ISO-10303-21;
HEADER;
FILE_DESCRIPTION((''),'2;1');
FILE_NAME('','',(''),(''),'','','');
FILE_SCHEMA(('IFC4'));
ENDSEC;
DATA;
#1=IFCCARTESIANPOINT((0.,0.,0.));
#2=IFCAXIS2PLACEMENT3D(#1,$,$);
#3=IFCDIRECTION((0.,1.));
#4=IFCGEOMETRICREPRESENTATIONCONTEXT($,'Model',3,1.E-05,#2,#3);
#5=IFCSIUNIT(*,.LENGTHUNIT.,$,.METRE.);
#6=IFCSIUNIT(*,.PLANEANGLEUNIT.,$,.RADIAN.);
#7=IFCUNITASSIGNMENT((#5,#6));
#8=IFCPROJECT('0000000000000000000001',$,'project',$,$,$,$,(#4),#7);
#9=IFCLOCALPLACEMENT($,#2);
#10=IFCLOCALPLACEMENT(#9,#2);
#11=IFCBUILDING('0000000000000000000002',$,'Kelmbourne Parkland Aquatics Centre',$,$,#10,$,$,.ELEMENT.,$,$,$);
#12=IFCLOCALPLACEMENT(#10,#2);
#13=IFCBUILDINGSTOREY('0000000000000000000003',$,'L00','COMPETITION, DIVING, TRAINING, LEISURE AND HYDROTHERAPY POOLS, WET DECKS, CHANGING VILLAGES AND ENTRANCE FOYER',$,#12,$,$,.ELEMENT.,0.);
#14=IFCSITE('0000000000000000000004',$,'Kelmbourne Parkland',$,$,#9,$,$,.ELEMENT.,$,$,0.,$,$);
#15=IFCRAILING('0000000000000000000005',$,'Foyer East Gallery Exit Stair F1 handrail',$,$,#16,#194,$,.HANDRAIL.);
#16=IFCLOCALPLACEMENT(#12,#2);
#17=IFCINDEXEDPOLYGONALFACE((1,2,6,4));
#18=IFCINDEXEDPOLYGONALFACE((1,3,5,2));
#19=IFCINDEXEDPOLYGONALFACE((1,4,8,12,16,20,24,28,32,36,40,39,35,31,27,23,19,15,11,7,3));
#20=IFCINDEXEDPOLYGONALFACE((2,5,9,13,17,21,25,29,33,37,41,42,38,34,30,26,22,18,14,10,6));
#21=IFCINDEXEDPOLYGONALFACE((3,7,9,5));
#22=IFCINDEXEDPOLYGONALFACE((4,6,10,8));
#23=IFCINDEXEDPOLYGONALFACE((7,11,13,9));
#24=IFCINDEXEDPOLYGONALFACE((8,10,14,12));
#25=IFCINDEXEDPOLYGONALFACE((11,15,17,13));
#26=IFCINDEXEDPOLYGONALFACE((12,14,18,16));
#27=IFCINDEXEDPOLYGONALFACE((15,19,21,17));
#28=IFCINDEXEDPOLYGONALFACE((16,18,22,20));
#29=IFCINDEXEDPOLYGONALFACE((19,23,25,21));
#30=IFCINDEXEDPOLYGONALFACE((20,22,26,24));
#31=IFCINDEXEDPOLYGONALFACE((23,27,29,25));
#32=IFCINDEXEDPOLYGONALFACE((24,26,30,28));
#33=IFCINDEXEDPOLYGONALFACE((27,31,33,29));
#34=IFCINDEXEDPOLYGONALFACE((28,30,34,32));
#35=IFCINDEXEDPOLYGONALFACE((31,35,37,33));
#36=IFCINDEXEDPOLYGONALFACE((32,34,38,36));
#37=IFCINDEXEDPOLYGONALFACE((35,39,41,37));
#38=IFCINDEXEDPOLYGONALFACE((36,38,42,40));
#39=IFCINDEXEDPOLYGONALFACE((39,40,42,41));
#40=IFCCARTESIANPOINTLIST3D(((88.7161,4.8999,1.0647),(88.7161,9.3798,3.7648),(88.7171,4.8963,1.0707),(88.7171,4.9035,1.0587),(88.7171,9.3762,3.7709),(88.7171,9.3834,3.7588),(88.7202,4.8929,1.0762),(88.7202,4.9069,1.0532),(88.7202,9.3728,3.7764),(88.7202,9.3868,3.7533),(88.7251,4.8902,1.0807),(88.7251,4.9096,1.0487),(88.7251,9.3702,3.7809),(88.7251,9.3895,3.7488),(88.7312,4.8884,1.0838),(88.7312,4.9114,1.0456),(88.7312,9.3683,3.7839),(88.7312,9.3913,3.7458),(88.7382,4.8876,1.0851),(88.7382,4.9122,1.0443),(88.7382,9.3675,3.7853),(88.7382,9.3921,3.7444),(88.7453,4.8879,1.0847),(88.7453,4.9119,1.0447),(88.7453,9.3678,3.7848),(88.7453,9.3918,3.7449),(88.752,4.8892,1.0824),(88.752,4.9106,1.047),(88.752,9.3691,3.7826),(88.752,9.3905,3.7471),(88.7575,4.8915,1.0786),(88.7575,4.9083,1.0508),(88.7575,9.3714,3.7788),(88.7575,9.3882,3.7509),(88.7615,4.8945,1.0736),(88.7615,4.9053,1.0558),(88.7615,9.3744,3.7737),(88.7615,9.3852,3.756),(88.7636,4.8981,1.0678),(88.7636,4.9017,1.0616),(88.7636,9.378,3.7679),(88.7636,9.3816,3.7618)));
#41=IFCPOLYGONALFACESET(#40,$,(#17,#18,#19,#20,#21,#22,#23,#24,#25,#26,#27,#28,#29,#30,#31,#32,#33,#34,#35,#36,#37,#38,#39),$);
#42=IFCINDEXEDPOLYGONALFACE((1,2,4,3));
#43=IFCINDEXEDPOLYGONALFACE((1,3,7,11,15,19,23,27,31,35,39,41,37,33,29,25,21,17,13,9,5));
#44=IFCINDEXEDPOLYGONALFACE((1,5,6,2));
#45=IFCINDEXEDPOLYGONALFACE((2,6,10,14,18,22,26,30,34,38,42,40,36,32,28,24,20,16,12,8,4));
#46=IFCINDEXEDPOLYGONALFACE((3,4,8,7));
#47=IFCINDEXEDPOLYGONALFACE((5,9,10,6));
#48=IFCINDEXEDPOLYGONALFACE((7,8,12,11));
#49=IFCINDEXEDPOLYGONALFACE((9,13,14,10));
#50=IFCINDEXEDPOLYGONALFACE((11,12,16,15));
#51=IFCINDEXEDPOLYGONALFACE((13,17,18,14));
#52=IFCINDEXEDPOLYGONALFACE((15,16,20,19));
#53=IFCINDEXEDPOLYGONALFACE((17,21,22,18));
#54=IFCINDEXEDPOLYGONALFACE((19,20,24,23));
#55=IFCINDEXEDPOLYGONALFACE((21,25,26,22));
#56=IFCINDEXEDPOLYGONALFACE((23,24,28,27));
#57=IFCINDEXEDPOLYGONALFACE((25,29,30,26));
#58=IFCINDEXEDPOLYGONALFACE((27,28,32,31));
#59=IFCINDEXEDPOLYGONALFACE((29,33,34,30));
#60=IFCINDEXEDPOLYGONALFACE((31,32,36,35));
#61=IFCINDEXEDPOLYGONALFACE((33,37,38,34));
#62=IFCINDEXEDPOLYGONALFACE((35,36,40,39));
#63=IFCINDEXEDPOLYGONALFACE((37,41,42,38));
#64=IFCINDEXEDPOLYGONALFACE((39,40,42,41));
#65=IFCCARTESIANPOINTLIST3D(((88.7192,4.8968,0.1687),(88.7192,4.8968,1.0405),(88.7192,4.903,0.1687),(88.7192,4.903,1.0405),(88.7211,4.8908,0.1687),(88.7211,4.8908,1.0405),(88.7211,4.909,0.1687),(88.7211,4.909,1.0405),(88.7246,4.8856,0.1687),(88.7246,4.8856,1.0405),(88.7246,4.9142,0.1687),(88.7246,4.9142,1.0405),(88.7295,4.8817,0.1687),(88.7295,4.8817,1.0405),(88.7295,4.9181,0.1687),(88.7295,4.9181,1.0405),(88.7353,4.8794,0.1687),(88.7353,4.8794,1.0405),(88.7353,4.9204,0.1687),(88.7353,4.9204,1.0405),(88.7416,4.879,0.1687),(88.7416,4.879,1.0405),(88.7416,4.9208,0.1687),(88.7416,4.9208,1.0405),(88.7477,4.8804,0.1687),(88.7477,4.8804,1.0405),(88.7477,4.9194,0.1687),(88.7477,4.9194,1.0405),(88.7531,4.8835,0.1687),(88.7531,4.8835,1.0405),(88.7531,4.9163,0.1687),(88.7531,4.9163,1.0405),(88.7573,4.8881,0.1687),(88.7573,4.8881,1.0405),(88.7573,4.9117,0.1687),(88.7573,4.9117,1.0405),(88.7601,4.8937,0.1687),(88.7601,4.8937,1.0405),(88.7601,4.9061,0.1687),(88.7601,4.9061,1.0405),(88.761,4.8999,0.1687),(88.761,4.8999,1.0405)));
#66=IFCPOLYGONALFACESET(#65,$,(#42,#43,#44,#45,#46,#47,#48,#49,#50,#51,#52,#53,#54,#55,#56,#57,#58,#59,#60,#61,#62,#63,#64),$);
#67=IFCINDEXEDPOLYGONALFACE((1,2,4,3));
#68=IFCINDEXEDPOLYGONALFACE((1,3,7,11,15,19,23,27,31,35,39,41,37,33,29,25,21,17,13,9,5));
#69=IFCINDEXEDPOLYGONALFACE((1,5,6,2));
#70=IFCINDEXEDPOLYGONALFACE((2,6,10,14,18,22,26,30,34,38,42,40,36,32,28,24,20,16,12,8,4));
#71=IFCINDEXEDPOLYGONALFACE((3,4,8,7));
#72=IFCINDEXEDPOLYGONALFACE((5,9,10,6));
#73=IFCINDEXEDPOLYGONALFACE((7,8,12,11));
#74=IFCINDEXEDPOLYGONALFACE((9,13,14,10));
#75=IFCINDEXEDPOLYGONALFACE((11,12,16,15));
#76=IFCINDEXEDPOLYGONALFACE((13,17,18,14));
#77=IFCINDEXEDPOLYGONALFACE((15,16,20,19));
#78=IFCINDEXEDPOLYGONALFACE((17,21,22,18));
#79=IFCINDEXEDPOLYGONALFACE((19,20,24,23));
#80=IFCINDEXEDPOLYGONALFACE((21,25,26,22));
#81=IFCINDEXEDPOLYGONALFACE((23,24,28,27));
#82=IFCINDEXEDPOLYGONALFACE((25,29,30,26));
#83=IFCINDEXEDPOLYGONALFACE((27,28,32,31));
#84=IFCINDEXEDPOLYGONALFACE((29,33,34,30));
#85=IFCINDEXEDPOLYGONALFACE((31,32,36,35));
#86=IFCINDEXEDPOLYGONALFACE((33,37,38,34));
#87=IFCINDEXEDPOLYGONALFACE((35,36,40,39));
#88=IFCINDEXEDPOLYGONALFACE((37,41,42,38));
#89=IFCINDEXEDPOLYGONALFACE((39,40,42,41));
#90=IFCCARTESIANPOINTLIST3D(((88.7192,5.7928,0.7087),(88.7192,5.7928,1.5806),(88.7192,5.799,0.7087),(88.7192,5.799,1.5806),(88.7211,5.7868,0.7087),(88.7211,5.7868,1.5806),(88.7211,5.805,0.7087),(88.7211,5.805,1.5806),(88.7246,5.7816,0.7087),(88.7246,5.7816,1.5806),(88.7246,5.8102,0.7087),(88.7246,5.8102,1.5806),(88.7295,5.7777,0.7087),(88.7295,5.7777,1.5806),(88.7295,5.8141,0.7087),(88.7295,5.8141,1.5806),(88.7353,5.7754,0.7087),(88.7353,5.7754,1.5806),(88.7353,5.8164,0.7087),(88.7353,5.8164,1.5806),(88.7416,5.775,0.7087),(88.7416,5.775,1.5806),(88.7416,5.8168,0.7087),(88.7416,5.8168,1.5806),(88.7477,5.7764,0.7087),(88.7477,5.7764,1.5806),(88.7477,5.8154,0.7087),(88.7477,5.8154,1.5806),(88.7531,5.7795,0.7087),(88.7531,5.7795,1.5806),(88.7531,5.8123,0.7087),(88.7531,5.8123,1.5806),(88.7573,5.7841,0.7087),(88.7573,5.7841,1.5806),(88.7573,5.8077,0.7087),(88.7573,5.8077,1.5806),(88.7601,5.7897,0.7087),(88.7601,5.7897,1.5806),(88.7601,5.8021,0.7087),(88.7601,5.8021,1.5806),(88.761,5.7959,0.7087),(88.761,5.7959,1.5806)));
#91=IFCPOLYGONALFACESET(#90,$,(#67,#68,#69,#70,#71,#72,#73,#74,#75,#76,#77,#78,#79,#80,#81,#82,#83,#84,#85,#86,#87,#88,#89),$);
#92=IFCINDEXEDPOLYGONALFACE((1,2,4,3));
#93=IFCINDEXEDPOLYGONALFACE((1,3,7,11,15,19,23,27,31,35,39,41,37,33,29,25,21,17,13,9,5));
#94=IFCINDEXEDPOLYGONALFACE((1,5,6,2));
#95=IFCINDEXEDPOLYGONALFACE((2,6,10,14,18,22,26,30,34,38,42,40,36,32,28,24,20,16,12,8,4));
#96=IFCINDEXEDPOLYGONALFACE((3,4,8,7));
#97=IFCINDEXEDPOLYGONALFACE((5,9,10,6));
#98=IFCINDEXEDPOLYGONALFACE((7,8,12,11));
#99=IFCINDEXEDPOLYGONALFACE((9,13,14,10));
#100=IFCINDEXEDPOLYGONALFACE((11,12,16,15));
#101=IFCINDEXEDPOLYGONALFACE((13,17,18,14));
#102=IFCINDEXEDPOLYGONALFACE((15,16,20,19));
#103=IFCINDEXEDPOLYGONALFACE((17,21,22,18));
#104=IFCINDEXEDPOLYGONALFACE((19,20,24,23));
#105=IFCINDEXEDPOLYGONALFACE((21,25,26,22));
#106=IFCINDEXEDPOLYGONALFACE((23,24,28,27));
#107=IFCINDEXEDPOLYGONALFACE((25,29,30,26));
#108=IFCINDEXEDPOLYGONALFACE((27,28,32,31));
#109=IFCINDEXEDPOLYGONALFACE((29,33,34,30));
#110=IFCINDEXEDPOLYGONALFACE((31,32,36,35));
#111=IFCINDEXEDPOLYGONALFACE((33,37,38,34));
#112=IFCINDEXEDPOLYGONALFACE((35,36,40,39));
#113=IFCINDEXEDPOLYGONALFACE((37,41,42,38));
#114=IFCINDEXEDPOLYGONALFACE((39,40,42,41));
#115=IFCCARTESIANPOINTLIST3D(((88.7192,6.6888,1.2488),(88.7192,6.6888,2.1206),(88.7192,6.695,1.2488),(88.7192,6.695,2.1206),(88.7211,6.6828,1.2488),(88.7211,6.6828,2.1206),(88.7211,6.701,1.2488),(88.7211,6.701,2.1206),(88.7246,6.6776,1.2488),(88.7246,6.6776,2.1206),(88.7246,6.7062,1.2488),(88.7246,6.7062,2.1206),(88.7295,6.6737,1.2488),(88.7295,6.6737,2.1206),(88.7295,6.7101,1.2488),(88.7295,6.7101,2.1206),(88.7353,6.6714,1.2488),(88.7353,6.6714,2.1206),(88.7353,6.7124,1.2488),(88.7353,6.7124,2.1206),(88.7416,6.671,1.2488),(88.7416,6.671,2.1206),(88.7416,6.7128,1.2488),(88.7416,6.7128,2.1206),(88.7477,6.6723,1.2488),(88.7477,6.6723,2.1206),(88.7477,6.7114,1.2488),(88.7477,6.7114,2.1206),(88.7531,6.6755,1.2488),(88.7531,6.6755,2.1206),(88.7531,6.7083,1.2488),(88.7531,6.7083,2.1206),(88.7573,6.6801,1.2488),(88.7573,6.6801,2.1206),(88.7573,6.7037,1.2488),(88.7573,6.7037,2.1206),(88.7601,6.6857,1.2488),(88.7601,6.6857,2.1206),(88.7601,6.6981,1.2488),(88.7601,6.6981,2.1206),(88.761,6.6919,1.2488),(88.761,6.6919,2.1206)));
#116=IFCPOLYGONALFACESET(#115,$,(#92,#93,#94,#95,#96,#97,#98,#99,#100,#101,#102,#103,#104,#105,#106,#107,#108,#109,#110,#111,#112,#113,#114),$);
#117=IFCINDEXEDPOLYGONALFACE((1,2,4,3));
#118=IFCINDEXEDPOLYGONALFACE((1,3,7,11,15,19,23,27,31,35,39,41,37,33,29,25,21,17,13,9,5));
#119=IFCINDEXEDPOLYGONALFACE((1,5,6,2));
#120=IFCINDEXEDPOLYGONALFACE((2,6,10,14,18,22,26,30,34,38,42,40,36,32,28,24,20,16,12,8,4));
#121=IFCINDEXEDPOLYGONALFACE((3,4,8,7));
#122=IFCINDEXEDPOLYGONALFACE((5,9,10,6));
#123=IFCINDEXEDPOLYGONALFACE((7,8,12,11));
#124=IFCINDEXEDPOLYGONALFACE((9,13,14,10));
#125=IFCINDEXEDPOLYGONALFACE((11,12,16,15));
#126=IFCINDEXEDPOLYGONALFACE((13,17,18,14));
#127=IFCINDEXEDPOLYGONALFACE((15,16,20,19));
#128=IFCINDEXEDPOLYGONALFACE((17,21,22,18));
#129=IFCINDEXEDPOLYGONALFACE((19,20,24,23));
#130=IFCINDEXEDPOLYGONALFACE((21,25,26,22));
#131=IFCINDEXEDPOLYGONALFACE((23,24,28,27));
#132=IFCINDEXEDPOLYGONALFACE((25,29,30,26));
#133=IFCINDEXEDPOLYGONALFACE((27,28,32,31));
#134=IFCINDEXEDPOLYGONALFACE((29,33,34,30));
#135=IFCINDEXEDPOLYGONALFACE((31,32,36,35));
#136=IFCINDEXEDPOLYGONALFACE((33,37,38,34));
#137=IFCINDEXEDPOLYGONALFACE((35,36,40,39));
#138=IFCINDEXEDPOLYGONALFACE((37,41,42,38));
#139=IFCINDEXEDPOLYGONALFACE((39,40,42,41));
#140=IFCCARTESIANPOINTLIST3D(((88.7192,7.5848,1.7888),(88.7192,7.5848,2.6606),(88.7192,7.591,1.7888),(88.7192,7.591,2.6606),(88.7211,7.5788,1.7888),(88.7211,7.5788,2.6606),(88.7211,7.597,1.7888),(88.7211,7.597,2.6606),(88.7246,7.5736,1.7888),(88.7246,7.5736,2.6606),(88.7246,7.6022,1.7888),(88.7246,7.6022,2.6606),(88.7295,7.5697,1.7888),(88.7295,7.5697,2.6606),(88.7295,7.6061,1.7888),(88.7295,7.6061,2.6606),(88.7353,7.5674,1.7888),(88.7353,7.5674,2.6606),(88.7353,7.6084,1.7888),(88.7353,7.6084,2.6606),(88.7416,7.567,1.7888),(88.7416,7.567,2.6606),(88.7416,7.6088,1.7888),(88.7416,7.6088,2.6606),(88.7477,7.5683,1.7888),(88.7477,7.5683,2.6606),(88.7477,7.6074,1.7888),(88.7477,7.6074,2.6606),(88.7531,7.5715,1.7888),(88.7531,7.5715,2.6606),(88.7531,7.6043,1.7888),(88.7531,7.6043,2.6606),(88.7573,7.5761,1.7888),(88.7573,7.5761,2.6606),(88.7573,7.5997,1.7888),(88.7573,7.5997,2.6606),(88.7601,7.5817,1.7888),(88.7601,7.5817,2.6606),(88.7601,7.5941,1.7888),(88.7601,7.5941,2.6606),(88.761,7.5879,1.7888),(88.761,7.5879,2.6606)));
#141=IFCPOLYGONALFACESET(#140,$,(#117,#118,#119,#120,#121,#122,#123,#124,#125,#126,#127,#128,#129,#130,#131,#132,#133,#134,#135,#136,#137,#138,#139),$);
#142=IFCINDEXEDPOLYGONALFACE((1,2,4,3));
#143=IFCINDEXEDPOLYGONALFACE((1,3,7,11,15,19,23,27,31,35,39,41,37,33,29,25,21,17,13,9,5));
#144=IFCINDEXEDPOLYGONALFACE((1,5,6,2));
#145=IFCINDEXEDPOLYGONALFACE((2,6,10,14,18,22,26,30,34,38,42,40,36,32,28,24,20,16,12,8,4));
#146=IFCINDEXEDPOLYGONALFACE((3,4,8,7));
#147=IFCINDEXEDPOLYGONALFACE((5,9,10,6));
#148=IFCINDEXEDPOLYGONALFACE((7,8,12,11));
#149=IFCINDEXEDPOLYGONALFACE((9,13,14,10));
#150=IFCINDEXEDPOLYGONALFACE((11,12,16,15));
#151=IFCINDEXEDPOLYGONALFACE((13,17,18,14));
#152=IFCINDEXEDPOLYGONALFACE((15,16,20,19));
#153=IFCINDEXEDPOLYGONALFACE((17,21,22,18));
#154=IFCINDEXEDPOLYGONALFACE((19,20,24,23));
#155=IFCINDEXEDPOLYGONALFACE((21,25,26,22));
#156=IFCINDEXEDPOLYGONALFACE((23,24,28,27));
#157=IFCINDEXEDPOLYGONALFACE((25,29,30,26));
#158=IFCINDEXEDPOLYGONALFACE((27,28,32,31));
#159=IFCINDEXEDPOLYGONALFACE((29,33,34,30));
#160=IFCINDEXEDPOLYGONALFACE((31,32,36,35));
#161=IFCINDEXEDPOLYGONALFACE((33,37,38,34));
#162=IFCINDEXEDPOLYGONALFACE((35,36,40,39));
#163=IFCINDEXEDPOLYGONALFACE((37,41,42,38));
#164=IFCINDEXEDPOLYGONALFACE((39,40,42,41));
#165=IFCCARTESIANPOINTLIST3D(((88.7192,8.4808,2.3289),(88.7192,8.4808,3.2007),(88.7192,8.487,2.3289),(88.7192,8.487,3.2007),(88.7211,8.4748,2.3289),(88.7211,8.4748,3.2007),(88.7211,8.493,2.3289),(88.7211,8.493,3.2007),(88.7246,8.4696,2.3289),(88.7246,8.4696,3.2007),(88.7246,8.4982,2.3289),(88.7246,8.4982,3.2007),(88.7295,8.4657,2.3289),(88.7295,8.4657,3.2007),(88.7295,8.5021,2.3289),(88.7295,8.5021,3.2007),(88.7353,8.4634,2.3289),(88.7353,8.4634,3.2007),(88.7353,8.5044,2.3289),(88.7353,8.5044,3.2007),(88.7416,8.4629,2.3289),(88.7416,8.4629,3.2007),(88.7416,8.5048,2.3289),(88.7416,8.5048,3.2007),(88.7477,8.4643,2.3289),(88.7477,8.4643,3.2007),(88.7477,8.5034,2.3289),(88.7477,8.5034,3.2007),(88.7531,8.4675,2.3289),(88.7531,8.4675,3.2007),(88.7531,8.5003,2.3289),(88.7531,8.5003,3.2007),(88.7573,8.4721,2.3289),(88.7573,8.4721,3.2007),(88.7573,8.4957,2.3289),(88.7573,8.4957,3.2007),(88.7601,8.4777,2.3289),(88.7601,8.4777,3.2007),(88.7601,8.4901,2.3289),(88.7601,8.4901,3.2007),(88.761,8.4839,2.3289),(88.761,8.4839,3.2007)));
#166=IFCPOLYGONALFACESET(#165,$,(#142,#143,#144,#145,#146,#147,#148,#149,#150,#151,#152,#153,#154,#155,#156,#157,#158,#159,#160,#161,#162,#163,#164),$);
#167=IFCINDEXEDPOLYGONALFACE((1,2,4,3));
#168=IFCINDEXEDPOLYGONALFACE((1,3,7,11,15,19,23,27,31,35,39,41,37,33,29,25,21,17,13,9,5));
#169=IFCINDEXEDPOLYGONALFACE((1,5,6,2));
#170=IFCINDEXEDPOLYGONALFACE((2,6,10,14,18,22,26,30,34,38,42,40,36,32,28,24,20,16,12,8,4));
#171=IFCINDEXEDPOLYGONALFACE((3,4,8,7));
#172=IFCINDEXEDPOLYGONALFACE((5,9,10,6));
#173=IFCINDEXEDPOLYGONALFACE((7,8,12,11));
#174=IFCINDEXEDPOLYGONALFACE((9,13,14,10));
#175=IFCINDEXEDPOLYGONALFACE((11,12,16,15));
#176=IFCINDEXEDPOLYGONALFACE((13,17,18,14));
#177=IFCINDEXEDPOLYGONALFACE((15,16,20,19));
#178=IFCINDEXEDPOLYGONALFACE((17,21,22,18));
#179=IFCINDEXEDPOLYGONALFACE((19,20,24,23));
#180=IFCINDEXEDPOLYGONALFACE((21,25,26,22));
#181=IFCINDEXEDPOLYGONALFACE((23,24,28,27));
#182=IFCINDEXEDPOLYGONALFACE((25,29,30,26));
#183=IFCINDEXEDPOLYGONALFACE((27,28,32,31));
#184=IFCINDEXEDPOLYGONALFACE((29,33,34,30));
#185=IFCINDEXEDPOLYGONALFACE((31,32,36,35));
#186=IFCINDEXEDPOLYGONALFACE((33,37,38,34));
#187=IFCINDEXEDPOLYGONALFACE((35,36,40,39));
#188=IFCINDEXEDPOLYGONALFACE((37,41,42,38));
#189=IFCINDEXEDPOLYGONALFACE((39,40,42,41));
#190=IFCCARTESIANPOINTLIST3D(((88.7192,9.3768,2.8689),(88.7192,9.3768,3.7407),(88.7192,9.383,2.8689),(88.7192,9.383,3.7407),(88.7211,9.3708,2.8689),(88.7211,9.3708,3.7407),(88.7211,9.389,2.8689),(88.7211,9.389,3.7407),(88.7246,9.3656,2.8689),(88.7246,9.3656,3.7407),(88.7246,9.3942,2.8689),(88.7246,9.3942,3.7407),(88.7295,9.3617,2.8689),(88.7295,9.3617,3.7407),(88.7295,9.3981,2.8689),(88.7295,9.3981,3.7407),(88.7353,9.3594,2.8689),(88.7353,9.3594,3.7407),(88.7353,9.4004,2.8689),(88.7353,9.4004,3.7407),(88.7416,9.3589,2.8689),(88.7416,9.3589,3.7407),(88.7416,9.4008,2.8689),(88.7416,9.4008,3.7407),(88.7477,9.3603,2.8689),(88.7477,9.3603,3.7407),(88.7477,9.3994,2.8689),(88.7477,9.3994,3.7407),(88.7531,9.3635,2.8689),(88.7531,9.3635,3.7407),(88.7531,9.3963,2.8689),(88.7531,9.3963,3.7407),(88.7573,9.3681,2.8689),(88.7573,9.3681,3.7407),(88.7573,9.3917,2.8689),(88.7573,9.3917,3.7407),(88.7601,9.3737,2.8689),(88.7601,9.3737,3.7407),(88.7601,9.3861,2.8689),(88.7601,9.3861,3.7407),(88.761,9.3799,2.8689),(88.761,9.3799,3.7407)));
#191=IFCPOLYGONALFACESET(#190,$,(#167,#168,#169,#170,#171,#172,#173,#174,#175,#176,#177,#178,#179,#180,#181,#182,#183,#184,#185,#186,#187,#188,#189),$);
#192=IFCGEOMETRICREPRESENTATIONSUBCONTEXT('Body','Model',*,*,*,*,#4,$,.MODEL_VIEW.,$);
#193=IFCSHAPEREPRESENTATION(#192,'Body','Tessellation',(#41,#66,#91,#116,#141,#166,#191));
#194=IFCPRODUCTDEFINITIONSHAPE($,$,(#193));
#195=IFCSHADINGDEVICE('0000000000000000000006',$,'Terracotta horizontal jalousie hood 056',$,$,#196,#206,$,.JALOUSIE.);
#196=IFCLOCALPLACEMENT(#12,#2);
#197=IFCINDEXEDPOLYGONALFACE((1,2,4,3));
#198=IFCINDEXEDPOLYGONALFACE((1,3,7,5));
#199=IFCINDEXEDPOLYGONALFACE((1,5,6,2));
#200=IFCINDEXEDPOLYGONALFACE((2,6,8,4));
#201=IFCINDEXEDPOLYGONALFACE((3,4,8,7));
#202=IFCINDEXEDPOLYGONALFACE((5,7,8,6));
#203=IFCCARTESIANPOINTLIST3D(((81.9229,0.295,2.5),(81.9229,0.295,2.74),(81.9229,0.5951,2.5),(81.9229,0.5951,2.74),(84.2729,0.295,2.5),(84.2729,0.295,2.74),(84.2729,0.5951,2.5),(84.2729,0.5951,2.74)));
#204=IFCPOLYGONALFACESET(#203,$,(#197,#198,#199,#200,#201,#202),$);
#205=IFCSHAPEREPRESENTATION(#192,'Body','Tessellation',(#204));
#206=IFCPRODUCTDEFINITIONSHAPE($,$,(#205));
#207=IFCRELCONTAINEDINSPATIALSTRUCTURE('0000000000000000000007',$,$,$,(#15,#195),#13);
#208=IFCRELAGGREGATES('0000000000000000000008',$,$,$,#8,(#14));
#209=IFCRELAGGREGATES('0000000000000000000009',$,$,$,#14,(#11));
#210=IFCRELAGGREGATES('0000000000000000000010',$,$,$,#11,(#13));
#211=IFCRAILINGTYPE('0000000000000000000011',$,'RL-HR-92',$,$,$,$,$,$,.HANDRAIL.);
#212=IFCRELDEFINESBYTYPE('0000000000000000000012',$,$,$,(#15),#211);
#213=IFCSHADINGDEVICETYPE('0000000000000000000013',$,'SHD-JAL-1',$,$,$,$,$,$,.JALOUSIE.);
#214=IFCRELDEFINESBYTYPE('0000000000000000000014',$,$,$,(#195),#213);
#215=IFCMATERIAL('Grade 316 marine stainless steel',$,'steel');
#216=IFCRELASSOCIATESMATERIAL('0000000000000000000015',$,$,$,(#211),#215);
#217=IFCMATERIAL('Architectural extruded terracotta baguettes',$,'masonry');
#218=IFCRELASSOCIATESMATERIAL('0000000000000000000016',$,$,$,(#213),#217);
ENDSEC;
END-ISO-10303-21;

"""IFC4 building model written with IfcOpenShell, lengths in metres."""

from ifc_helpers import new_model, si_unit, direction, frame, origin, origin_2d, place, context, subcontext, project, spatial, rectangle, circle, extrude, material, type_object, element, save


model = new_model("IFC4")

# Units and contexts
model_context = context("Model", 3, precision=1e-05, world=origin(), true_north=direction((0.0, 1.0)))
body_context = subcontext(model_context, "Body", "Model", "MODEL_VIEW")
ifc_project = project(units=[si_unit("LENGTHUNIT", "METRE"), si_unit("PLANEANGLEUNIT", "RADIAN")], contexts=[model_context])

# Site, building, storey
site_placement = place(None, origin())
site = spatial("IfcSite", under=ifc_project, at=site_placement, Name="Kelmbourne Parkland", CompositionType="ELEMENT", RefElevation=0.0)
building_placement = place(site_placement, origin())
building = spatial("IfcBuilding", under=site, at=building_placement, Name="Kelmbourne Parkland Aquatics Centre", CompositionType="ELEMENT")
storey_placement = place(building_placement, origin())
storey = spatial("IfcBuildingStorey", under=building, at=storey_placement, Name="L00", Description="COMPETITION, DIVING, TRAINING, LEISURE AND HYDROTHERAPY POOLS, WET DECKS, CHANGING VILLAGES AND ENTRANCE FOYER", CompositionType="ELEMENT", Elevation=0.0)

# Railing
ifc_material_1 = material(Name="Grade 316 marine stainless steel", Category="steel")
railing_type = type_object("IfcRailingType", Name="RL-HR-92", PredefinedType="HANDRAIL", material=ifc_material_1)
railing_placement = place(storey_placement, frame((88.74, 4.8999, 0.1687)))
element("IfcRailing", 1, at=railing_placement, inside=storey, type_object=railing_type, Name="Foyer East Gallery Exit Stair F1 handrail", PredefinedType="HANDRAIL", context=body_context, shape_type="SweptSolid", body=[
    extrude(circle(Radius=0.0239, at=origin_2d()), frame((0.0, 0.0, 0.896), z_axis=(0.0, 0.856462, 0.516211), x_axis=(-1.0, 0.0, 0.0)), (0.0, 0.0, 1.0), 5.2307),
    extrude(circle(Radius=0.021, at=origin_2d()), origin(), (0.0, 0.0, 1.0), 0.8718),
    extrude(circle(Radius=0.021, at=origin_2d()), frame((0.0, 0.896, 0.54)), (0.0, 0.0, 1.0), 0.8718),
    extrude(circle(Radius=0.021, at=origin_2d()), frame((0.0, 1.792, 1.0801)), (0.0, 0.0, 1.0), 0.8718),
    extrude(circle(Radius=0.021, at=origin_2d()), frame((0.0, 2.688, 1.6201)), (0.0, 0.0, 1.0), 0.8718),
    extrude(circle(Radius=0.021, at=origin_2d()), frame((0.0, 3.584, 2.1602)), (0.0, 0.0, 1.0), 0.8718),
    extrude(circle(Radius=0.021, at=origin_2d()), frame((0.0, 4.48, 2.7002)), (0.0, 0.0, 1.0), 0.8718),
])

# Shading device
ifc_material_2 = material(Name="Architectural extruded terracotta baguettes", Category="masonry")
shading_device_type = type_object("IfcShadingDeviceType", Name="SHD-JAL-1", PredefinedType="JALOUSIE", material=ifc_material_2)
shading_device_1_placement = place(storey_placement, frame((83.0979, 0.4451, 2.5), z_axis=(0.0, 0.0, 1.0), x_axis=(1.0, 0.0, 0.0)))
element("IfcShadingDevice", 2, at=shading_device_1_placement, inside=storey, type_object=shading_device_type, Name="Terracotta horizontal jalousie hood 056", PredefinedType="JALOUSIE", context=body_context, shape_type="SweptSolid", body=[
    extrude(rectangle(XDim=2.3501, YDim=0.3, at=origin_2d()), origin(), (0.0, 0.0, 1.0), 0.24),
])

save(model, "model.ifc")
